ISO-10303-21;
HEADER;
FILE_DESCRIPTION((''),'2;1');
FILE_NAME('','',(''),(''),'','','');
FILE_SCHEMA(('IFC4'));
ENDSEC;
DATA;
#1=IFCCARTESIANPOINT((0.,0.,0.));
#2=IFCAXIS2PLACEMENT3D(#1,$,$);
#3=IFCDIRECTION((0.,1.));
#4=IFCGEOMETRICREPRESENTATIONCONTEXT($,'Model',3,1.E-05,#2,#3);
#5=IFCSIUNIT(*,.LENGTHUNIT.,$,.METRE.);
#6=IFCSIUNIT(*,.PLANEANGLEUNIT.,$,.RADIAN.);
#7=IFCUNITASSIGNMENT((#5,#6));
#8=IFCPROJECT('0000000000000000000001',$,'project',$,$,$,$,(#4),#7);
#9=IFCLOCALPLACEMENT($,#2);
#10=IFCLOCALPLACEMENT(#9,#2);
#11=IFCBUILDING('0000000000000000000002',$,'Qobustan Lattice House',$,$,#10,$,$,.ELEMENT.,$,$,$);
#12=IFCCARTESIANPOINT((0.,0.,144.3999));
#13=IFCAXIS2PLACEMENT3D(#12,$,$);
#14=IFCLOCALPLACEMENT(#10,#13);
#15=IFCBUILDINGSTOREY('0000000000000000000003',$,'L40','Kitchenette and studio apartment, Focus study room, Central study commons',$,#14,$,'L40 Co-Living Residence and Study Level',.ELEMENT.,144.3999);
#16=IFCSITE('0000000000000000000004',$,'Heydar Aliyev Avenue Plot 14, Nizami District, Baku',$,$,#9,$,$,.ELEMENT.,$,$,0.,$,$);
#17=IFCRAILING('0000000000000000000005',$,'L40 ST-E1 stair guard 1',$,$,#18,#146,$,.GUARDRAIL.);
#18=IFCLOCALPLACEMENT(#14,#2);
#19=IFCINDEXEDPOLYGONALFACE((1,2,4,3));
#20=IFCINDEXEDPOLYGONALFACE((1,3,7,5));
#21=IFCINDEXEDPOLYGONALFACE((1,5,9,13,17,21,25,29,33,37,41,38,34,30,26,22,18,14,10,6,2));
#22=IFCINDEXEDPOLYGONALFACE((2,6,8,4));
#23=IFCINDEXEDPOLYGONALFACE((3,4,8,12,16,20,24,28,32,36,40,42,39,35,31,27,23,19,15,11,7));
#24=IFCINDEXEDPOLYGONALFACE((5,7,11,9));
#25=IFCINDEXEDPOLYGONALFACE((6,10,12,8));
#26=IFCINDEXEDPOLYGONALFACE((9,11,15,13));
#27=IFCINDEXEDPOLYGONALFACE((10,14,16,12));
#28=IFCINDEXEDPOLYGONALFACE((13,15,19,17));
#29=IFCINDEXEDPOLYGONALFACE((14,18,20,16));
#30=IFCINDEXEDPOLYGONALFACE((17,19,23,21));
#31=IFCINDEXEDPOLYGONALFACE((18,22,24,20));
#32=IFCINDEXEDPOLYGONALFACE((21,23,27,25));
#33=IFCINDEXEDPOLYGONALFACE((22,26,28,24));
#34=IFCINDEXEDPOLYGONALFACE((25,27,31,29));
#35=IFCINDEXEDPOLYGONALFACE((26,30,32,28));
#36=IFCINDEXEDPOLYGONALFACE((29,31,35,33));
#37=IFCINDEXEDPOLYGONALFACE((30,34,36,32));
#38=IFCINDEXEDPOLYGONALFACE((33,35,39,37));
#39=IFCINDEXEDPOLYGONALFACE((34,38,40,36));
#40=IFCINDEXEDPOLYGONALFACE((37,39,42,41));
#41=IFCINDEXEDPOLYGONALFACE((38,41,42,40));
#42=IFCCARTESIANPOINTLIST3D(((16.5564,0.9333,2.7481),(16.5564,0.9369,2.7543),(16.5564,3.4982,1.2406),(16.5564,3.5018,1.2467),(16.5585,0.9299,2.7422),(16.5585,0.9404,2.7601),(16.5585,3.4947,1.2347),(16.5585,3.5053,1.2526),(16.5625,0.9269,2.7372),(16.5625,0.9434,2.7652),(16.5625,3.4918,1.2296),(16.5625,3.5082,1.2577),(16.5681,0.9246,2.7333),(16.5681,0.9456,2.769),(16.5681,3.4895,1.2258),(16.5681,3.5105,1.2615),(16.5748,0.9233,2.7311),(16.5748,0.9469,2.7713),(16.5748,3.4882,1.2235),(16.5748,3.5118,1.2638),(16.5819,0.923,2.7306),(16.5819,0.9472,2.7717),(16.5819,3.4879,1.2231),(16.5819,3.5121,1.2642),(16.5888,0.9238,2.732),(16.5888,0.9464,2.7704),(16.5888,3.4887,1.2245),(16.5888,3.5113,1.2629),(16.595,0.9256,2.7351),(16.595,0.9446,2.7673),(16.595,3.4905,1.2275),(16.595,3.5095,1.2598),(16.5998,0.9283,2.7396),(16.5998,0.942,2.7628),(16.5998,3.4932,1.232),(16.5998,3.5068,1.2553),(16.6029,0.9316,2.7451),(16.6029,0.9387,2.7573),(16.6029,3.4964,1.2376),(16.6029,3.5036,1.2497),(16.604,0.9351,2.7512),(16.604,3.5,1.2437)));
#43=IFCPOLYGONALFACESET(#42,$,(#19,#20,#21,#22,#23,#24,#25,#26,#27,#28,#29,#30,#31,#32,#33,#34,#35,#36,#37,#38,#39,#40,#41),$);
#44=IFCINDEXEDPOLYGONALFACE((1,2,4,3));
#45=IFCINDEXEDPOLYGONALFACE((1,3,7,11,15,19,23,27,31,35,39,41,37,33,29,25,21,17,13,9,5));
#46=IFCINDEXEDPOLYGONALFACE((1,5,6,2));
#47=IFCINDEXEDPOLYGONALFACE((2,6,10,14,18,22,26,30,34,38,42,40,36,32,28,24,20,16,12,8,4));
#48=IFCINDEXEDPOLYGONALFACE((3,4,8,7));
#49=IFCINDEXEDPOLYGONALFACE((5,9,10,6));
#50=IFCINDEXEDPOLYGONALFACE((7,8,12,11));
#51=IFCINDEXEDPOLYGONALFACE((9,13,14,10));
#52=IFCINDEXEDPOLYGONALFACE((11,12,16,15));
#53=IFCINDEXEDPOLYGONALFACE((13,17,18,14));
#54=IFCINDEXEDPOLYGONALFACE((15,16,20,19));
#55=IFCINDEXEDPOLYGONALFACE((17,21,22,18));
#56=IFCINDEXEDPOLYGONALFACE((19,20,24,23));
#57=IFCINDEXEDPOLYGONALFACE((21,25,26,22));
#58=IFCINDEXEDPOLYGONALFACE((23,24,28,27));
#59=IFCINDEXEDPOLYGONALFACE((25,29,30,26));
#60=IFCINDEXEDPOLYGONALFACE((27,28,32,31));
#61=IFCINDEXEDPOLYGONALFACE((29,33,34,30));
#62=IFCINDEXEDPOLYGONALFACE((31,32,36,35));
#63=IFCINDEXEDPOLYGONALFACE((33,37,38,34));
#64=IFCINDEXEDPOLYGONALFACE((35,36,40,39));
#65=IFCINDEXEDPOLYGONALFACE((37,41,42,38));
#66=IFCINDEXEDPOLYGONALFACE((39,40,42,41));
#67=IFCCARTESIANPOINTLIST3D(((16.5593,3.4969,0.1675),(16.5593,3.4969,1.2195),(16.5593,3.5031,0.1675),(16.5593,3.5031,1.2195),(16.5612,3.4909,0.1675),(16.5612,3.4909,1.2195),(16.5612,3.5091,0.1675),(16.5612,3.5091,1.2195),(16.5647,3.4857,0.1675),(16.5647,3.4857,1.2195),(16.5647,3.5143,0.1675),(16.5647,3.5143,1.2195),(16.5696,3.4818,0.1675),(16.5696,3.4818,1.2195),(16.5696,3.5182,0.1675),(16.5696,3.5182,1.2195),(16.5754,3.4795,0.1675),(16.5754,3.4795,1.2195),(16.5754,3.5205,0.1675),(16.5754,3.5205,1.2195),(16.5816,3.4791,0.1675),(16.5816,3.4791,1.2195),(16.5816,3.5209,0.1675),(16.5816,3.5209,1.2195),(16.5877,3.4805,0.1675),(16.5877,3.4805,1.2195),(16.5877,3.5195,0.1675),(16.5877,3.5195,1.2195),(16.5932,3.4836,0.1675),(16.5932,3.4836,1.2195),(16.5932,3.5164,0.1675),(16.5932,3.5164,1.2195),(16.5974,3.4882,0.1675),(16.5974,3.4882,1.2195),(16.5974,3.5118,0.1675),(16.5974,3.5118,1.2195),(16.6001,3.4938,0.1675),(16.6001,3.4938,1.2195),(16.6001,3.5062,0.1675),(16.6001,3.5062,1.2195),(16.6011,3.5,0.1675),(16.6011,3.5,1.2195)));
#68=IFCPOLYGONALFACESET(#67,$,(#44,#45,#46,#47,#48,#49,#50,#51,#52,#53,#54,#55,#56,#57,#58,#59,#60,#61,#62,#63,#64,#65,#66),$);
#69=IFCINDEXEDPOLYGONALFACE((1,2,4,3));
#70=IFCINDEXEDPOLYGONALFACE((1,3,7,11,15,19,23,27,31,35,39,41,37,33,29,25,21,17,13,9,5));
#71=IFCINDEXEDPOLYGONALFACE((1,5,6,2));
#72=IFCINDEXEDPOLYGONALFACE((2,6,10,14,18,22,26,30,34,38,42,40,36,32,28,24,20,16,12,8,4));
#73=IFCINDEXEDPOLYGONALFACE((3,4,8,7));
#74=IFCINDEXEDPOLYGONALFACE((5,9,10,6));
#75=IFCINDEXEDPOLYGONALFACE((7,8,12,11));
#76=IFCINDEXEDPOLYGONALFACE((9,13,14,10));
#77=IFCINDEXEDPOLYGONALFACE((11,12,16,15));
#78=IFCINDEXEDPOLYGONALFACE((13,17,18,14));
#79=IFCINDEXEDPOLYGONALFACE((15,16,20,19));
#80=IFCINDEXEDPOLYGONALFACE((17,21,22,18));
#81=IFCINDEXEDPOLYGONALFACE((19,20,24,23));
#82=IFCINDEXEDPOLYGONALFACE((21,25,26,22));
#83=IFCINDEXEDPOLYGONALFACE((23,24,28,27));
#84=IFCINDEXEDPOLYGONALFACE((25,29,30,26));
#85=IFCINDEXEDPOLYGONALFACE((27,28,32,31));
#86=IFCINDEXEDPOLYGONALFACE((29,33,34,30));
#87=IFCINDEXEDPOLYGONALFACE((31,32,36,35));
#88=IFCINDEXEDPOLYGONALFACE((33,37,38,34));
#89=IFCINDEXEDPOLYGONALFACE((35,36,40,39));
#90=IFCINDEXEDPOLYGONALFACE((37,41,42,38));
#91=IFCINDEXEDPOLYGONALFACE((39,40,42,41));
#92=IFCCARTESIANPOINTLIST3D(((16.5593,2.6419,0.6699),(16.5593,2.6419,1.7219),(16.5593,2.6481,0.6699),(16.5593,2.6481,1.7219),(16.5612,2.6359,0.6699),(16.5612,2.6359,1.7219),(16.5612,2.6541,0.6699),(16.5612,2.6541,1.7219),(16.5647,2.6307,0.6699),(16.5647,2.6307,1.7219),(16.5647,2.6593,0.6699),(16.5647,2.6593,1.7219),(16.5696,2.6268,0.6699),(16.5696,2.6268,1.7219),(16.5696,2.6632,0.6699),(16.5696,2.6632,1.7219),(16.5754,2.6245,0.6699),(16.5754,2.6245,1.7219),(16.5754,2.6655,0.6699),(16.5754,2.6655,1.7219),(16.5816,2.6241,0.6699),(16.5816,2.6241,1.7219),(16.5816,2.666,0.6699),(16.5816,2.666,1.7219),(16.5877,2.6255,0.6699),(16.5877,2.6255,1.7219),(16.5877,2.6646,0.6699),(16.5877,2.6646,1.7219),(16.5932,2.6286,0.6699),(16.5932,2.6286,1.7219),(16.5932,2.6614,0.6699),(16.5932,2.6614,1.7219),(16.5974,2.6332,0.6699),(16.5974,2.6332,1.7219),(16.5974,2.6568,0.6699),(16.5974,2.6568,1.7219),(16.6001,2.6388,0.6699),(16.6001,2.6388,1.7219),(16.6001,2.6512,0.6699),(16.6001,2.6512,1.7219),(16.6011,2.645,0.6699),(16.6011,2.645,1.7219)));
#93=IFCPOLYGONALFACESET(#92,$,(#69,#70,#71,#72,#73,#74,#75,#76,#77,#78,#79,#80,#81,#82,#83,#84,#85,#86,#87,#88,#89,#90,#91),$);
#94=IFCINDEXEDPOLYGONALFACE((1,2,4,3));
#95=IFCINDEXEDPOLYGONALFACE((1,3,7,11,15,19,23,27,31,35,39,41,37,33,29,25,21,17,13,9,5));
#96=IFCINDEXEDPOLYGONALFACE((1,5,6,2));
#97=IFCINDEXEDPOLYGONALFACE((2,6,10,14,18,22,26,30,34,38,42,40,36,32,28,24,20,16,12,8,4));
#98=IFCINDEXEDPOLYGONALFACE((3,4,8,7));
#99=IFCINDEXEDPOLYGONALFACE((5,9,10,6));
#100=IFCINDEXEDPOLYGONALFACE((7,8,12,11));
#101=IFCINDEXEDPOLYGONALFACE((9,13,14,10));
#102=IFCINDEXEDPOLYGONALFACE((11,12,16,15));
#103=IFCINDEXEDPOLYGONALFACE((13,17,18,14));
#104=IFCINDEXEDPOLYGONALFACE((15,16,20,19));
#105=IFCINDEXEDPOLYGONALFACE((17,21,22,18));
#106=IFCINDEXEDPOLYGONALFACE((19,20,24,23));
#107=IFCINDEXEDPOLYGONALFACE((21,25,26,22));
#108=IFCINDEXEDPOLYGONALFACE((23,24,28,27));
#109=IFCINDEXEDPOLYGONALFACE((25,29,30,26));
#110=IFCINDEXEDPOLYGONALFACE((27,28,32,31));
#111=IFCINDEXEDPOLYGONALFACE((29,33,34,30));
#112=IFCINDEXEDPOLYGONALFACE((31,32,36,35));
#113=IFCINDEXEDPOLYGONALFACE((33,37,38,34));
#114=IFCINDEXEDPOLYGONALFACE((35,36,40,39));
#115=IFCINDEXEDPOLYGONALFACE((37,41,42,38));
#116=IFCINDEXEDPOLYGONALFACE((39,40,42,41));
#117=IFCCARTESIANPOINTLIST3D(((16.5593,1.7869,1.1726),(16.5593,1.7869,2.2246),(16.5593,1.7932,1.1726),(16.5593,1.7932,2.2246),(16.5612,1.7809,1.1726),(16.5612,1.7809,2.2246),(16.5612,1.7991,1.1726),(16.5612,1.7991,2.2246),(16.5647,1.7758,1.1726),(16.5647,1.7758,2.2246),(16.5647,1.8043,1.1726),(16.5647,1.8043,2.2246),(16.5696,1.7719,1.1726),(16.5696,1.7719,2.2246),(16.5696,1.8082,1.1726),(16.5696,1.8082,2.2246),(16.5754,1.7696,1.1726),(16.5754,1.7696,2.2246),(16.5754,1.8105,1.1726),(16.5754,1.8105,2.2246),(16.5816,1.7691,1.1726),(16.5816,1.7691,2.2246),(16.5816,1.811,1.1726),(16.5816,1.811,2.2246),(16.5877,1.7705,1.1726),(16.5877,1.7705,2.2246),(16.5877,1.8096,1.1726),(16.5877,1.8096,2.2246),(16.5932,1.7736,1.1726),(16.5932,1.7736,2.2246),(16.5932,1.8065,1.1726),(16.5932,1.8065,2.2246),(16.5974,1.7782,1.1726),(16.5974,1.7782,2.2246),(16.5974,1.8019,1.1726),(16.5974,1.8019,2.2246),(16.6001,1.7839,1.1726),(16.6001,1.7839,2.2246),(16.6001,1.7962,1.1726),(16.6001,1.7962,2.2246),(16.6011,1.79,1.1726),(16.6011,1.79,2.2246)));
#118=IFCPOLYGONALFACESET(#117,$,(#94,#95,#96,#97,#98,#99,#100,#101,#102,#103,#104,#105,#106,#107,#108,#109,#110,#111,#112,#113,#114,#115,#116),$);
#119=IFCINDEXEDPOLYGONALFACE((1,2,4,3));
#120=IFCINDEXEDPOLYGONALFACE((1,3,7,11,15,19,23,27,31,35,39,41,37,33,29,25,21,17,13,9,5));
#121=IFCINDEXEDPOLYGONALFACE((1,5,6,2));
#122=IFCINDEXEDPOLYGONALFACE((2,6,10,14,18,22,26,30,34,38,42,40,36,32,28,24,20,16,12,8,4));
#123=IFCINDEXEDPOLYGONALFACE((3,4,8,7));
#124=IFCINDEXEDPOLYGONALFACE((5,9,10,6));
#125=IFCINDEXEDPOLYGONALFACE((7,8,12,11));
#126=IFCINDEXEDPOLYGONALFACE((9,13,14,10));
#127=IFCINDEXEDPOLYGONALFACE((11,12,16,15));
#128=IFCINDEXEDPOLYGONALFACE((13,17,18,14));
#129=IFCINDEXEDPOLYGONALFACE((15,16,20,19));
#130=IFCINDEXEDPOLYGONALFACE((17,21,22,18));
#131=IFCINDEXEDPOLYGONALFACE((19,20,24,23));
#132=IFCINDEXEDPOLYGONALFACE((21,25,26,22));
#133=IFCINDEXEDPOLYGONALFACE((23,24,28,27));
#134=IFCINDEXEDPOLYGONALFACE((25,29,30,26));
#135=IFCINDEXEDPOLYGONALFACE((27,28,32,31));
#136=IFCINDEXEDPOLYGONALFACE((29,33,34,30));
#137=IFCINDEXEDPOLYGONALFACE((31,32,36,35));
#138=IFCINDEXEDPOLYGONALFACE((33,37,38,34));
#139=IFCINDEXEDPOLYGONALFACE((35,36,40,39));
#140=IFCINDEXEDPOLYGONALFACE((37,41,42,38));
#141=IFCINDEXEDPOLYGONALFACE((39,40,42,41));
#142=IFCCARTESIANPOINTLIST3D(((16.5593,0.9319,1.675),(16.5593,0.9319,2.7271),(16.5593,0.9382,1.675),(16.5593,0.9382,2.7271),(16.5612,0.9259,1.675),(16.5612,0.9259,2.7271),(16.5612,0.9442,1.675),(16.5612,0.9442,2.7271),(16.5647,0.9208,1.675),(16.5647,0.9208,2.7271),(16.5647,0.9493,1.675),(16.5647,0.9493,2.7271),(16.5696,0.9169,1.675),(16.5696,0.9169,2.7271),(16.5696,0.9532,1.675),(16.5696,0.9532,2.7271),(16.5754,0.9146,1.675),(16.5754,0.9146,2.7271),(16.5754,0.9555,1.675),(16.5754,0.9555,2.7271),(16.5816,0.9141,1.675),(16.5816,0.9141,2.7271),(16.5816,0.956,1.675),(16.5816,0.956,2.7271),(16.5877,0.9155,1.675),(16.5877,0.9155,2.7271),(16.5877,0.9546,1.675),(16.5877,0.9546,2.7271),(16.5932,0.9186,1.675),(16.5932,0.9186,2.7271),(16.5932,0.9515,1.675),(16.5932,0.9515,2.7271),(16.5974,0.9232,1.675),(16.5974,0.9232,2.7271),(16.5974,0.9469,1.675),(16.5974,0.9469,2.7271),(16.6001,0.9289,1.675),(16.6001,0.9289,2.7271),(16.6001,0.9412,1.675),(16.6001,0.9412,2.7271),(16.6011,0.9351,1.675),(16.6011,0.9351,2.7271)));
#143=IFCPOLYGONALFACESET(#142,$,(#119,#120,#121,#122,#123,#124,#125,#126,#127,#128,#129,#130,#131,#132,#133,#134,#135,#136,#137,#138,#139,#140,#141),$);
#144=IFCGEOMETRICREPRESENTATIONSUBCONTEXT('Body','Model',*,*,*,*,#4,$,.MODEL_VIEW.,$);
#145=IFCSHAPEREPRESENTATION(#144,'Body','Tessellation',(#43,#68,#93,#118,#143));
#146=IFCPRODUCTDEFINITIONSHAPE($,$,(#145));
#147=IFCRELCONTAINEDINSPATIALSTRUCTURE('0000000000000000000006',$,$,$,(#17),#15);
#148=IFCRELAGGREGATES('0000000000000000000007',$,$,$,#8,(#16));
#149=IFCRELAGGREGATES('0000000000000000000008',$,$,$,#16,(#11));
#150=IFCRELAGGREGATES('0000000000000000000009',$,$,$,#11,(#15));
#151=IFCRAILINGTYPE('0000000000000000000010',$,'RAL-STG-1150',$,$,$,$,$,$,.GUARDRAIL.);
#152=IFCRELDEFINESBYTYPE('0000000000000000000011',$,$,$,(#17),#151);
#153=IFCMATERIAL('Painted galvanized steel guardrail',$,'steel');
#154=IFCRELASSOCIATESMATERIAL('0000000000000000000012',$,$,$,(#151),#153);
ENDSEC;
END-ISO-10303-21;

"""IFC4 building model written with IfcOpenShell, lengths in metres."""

from ifc_helpers import new_model, si_unit, direction, frame, origin, origin_2d, place, context, subcontext, project, spatial, circle, extrude, material, type_object, element, save


model = new_model("IFC4")

# Units and contexts
model_context = context("Model", 3, precision=1e-05, world=origin(), true_north=direction((0.0, 1.0)))
body_context = subcontext(model_context, "Body", "Model", "MODEL_VIEW")
ifc_project = project(units=[si_unit("LENGTHUNIT", "METRE"), si_unit("PLANEANGLEUNIT", "RADIAN")], contexts=[model_context])

# Site, building, storey
site_placement = place(None, origin())
site = spatial("IfcSite", under=ifc_project, at=site_placement, Name="Heydar Aliyev Avenue Plot 14, Nizami District, Baku", CompositionType="ELEMENT", RefElevation=0.0)
building_placement = place(site_placement, origin())
building = spatial("IfcBuilding", under=site, at=building_placement, Name="Qobustan Lattice House", CompositionType="ELEMENT")
storey_placement = place(building_placement, frame((0.0, 0.0, 144.3999)))
storey = spatial("IfcBuildingStorey", under=building, at=storey_placement, Name="L40", Description="Kitchenette and studio apartment, Focus study room, Central study commons", LongName="L40 Co-Living Residence and Study Level", CompositionType="ELEMENT", Elevation=144.3999)

# Railing
ifc_material_1 = material(Name="Painted galvanized steel guardrail", Category="steel")
railing_type_1 = type_object("IfcRailingType", Name="RAL-STG-1150", PredefinedType="GUARDRAIL", material=ifc_material_1)
railing_1_placement = place(storey_placement, frame((16.5801, 3.5, 0.1675)))
element("IfcRailing", 1, at=railing_1_placement, inside=storey, type_object=railing_type_1, Name="L40 ST-E1 stair guard 1", PredefinedType="GUARDRAIL", context=body_context, shape_type="SweptSolid", body=[
    extrude(circle(Radius=0.0239, at=origin_2d()), frame((0.0, 0.0, 1.0762), z_axis=(0.0, -0.862113, 0.506715), x_axis=(1.0, 0.0, 0.0)), (0.0, 0.0, 1.0), 2.9751),
    extrude(circle(Radius=0.021, at=origin_2d()), origin(), (0.0, 0.0, 1.0), 1.052),
    extrude(circle(Radius=0.021, at=origin_2d()), frame((0.0, -0.855, 0.5024)), (0.0, 0.0, 1.0), 1.052),
    extrude(circle(Radius=0.021, at=origin_2d()), frame((0.0, -1.71, 1.0051)), (0.0, 0.0, 1.0), 1.052),
    extrude(circle(Radius=0.021, at=origin_2d()), frame((0.0, -2.5649, 1.5076)), (0.0, 0.0, 1.0), 1.052),
])

save(model, "model.ifc")
